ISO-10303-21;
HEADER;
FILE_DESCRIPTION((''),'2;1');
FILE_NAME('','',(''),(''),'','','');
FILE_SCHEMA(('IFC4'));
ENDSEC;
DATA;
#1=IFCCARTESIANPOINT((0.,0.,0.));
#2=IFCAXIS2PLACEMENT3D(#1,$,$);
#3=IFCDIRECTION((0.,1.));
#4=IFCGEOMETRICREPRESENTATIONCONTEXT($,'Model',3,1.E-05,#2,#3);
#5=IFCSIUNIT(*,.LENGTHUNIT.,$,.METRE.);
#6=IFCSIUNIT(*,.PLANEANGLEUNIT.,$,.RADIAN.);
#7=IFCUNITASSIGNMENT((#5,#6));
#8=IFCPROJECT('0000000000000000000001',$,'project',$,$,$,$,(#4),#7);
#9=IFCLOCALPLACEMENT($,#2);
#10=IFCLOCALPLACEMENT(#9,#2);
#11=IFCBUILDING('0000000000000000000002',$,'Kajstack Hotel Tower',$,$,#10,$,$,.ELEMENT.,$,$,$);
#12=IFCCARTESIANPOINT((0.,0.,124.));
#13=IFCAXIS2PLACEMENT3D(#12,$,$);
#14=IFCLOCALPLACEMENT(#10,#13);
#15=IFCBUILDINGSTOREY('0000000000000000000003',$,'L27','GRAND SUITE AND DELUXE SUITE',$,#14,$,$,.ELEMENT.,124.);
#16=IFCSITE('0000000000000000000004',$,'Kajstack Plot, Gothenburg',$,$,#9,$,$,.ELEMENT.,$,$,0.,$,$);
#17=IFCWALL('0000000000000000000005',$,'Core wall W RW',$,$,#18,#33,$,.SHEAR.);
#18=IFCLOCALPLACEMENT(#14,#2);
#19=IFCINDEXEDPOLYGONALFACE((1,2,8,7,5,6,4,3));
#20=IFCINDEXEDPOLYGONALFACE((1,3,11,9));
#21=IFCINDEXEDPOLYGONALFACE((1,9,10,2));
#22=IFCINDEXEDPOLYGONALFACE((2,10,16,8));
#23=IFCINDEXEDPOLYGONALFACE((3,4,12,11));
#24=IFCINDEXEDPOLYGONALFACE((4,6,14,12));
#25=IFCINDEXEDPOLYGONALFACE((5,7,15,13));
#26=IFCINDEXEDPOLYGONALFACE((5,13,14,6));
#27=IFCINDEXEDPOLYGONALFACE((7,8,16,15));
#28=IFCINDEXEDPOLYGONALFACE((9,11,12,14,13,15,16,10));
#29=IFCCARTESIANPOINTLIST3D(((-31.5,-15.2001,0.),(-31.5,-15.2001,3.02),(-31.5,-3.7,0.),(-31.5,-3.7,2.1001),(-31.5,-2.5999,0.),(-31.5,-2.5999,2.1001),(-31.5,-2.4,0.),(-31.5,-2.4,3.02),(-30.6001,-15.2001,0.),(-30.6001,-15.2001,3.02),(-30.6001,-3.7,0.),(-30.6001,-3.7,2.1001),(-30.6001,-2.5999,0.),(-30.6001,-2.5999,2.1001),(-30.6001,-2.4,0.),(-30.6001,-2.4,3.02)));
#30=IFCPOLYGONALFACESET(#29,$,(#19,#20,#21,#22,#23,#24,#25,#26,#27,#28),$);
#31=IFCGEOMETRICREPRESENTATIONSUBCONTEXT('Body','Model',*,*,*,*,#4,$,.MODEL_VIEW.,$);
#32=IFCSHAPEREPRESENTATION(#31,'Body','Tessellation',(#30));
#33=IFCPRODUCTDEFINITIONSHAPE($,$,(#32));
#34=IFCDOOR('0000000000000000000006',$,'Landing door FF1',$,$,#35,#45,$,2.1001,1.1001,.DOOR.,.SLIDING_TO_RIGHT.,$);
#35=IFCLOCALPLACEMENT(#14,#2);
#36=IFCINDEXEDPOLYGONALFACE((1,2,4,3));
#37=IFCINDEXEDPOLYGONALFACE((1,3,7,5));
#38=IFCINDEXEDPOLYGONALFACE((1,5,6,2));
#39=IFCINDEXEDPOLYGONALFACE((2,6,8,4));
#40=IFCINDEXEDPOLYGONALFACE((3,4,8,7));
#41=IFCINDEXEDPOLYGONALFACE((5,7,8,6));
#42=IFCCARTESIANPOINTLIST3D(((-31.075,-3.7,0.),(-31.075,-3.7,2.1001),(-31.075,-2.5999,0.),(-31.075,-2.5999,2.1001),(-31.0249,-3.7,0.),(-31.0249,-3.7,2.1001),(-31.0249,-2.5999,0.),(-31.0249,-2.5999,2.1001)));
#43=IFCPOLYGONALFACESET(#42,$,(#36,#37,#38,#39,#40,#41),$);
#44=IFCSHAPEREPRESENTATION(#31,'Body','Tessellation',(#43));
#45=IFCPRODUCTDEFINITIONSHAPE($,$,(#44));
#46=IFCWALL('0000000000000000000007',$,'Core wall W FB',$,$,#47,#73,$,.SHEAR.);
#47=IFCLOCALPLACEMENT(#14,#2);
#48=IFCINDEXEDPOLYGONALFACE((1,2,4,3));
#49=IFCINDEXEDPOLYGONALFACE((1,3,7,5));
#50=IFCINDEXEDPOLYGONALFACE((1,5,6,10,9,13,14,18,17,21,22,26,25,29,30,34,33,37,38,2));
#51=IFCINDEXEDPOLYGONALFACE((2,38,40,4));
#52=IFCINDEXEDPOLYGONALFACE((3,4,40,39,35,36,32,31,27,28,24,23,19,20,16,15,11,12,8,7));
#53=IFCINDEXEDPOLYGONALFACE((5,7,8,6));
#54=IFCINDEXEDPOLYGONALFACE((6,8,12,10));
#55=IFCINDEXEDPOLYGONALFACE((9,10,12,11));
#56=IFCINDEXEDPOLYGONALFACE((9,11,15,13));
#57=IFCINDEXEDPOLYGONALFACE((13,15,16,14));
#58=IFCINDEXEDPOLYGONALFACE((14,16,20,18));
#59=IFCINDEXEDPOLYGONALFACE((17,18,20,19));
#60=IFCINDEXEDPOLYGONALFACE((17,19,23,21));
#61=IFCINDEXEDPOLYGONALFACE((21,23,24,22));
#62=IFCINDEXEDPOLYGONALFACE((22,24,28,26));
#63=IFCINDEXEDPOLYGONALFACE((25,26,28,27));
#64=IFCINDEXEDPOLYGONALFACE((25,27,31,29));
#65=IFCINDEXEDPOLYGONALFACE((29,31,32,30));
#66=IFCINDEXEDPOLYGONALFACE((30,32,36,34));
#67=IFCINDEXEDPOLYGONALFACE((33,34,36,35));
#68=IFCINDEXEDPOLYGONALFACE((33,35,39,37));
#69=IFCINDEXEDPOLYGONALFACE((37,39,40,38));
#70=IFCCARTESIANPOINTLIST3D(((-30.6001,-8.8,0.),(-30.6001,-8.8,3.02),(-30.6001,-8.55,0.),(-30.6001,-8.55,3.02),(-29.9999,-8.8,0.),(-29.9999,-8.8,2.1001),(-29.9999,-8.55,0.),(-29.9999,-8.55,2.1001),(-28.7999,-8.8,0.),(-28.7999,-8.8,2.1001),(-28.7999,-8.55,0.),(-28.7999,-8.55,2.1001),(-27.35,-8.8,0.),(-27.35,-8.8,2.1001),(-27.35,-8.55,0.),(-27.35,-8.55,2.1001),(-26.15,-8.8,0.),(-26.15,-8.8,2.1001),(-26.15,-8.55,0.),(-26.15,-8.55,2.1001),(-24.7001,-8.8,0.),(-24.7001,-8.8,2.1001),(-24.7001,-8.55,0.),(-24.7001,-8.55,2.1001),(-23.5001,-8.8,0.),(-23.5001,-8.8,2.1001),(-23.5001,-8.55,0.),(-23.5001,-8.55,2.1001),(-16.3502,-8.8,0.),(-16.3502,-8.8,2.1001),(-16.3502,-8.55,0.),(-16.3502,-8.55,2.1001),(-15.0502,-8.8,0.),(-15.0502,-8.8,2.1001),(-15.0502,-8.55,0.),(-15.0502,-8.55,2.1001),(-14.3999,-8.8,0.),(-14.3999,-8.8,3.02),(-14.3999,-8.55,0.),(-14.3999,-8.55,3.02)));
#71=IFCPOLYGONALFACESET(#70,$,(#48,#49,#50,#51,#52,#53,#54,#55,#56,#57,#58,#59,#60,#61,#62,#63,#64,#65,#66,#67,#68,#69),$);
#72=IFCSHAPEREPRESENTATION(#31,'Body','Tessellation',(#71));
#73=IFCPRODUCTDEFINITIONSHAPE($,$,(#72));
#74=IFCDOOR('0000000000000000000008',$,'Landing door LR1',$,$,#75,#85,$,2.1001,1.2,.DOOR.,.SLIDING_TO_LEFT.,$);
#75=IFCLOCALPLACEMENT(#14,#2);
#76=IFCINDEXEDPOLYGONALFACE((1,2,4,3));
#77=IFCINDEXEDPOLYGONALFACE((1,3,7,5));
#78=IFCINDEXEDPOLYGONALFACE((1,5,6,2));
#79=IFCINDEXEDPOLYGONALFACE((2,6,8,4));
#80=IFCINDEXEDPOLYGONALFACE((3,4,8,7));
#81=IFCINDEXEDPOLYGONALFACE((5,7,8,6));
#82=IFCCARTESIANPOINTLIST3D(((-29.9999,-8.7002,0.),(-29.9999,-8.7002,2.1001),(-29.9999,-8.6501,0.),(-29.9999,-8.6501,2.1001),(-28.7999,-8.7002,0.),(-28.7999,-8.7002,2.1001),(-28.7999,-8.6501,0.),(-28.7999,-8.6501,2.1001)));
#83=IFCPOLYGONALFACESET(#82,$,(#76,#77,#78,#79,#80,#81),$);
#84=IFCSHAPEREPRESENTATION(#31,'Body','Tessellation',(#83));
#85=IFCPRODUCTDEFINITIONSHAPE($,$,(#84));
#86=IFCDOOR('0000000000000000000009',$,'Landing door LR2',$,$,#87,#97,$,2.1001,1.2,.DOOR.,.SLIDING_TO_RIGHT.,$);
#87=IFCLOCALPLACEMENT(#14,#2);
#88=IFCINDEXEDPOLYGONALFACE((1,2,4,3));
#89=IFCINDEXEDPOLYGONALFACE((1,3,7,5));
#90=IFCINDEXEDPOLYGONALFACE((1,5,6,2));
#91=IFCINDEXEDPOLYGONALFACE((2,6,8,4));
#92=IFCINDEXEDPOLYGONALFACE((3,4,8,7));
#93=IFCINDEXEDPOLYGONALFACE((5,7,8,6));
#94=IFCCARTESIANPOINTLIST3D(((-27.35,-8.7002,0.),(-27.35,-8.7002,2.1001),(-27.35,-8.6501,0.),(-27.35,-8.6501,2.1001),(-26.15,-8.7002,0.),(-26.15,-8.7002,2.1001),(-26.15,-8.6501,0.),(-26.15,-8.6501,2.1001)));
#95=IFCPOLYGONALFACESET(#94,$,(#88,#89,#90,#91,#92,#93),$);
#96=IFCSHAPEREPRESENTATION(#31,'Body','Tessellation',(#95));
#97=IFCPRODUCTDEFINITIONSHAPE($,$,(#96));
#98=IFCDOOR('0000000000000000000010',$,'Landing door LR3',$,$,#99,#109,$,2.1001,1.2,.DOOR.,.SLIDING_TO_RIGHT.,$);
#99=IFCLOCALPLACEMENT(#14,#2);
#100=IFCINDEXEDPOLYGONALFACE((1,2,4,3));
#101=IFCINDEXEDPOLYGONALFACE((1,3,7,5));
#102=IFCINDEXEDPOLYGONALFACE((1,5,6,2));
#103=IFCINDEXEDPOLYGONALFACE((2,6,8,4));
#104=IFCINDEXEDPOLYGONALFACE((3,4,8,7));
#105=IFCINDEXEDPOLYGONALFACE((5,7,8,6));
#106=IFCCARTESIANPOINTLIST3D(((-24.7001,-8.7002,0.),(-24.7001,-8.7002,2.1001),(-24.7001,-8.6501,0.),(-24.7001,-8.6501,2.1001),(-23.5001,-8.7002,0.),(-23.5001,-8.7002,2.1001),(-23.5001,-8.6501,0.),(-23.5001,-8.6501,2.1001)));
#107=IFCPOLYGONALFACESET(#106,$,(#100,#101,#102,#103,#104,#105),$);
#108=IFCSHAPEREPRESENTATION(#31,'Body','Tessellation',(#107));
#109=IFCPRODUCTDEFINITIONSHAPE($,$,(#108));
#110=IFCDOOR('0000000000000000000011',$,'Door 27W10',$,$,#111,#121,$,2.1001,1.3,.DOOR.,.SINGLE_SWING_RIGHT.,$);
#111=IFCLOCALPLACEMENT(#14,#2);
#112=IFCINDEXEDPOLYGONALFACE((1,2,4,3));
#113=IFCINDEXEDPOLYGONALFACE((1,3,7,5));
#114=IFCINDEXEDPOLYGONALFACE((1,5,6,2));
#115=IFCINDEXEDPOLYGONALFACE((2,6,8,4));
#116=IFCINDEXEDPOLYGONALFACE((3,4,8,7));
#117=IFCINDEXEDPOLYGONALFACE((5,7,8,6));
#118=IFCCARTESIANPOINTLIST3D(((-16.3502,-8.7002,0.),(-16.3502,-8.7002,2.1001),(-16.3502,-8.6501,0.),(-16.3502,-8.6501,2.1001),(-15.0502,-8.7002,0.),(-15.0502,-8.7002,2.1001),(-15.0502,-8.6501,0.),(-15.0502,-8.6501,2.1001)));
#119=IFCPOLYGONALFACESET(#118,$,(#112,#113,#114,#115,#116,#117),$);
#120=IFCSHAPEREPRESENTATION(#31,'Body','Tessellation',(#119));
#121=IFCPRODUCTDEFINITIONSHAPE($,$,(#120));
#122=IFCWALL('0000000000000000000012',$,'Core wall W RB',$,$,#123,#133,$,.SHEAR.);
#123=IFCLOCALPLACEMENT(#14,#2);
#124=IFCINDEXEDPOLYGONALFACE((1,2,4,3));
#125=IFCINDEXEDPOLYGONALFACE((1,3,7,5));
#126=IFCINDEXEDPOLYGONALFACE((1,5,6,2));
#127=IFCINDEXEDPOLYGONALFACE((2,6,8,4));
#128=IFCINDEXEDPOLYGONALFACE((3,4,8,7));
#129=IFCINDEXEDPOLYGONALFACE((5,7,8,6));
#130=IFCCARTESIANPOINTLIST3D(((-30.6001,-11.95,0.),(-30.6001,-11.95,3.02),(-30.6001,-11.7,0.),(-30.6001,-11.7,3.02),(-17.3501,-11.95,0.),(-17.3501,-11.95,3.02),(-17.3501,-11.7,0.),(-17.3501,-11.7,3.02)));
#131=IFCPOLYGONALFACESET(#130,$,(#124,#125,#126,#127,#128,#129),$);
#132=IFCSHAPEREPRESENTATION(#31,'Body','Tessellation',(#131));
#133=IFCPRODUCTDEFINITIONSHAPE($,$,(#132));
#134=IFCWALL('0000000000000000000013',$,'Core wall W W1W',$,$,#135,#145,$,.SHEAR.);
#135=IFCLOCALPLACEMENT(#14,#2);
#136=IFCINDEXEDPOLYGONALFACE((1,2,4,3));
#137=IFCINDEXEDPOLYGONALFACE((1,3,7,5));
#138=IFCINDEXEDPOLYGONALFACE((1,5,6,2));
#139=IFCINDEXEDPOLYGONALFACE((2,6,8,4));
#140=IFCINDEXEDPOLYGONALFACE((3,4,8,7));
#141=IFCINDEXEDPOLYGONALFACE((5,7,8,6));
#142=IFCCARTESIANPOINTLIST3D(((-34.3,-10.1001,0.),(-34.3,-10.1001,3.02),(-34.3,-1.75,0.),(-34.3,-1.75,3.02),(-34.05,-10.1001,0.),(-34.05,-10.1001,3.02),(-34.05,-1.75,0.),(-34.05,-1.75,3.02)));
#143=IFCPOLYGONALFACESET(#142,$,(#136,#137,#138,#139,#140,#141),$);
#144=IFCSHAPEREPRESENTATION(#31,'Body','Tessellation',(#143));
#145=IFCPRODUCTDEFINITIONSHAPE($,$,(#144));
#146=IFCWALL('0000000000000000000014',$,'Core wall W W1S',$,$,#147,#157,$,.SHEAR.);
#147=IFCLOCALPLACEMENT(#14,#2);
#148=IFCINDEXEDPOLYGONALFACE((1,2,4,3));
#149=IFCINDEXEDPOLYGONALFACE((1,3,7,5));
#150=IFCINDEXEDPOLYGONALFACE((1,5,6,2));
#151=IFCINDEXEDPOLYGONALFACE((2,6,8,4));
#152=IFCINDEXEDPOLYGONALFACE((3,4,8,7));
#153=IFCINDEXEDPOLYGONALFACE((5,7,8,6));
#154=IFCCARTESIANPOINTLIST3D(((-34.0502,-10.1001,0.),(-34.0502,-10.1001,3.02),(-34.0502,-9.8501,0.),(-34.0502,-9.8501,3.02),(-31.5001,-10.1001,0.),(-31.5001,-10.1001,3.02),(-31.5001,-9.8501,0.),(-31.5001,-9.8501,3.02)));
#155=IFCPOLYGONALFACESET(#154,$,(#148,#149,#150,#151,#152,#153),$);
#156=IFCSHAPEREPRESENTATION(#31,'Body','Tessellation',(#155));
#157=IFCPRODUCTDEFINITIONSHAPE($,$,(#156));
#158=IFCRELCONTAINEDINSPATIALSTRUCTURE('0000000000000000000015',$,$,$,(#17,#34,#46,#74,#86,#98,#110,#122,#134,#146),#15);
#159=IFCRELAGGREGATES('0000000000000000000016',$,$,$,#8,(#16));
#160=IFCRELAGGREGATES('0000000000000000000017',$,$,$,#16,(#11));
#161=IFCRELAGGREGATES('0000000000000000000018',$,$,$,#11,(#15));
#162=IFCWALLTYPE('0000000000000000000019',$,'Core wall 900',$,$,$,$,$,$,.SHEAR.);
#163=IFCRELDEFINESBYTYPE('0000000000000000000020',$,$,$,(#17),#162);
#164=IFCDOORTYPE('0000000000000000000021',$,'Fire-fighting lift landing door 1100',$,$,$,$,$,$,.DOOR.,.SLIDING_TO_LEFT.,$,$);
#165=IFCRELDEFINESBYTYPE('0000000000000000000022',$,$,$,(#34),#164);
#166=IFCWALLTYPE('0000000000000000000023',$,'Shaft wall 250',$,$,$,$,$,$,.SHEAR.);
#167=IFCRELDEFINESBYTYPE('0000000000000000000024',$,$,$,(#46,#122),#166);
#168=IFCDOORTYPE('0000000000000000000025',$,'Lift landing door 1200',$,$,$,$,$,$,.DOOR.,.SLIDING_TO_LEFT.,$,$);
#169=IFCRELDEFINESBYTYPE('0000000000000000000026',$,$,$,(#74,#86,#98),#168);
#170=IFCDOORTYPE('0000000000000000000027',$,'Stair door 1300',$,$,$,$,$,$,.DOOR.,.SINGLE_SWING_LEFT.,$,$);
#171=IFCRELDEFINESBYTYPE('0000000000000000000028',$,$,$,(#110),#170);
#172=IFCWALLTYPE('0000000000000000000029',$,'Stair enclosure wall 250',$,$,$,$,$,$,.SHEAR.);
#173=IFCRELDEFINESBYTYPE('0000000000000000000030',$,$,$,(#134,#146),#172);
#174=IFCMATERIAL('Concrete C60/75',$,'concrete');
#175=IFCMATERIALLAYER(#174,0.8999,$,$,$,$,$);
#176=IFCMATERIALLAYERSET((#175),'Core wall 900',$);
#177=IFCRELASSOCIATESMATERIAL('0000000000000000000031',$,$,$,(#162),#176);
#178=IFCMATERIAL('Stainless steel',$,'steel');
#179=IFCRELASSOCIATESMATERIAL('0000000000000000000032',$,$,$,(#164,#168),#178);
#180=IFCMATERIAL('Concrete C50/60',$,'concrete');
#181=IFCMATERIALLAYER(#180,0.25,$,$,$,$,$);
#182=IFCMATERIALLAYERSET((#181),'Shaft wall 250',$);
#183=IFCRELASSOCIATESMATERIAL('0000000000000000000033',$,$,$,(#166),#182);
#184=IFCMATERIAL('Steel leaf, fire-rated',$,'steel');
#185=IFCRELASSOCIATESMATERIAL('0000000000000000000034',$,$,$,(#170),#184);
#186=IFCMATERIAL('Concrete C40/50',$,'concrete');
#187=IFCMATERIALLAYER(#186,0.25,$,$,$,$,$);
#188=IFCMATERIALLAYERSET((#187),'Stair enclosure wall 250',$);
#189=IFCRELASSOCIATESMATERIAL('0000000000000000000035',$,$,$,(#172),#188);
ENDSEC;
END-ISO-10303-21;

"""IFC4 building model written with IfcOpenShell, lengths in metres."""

from ifc_helpers import new_model, si_unit, direction, frame, frame_2d, origin, place, context, subcontext, project, spatial, rectangle, extrude, material, layer, layer_set, type_object, element, fill, save


model = new_model("IFC4")

# Units and contexts
model_context = context("Model", 3, precision=1e-05, world=origin(), true_north=direction((0.0, 1.0)))
body_context = subcontext(model_context, "Body", "Model", "MODEL_VIEW")
ifc_project = project(units=[si_unit("LENGTHUNIT", "METRE"), si_unit("PLANEANGLEUNIT", "RADIAN")], contexts=[model_context])

# Site, building, storey
site_placement = place(None, origin())
site = spatial("IfcSite", under=ifc_project, at=site_placement, Name="Kajstack Plot, Gothenburg", CompositionType="ELEMENT", RefElevation=0.0)
building_placement = place(site_placement, origin())
building = spatial("IfcBuilding", under=site, at=building_placement, Name="Kajstack Hotel Tower", CompositionType="ELEMENT")
storey_placement = place(building_placement, frame((0.0, 0.0, 124.0)))
storey = spatial("IfcBuildingStorey", under=building, at=storey_placement, Name="L27", Description="GRAND SUITE AND DELUXE SUITE", CompositionType="ELEMENT", Elevation=124.0)

# Wall, opening, door
ifc_material_1 = material(Name="Concrete C60/75", Category="concrete")
ifc_layer_1 = layer(ifc_material_1, 0.8999)
ifc_layer_set_1 = layer_set([ifc_layer_1], Name="Core wall 900")
wall_type_1 = type_object("IfcWallType", Name="Core wall 900", PredefinedType="SHEAR", material=ifc_layer_set_1)
wall_1_placement = place(storey_placement, frame((-31.05, -15.2, 0.0), z_axis=(0.0, 0.0, 1.0), x_axis=(0.0, 1.0, 0.0)))
wall_1 = element("IfcWall", 1, at=wall_1_placement, inside=storey, type_object=wall_type_1, Name="Core wall W RW", PredefinedType="SHEAR", context=body_context, shape_type="SweptSolid", body=[
    extrude(rectangle(XDim=12.8, YDim=0.8999, at=frame_2d((6.3999, 0.0))), origin(), (0.0, 0.0, 1.0), 3.02),
])
opening_1_placement = place(wall_1_placement, frame((11.5, 0.0, 0.0)))
opening_1 = element("IfcOpeningElement", 2, at=opening_1_placement, cuts=wall_1, PredefinedType="OPENING", context=body_context, shape_type="SweptSolid", body=[
    extrude(rectangle(XDim=1.1001, YDim=2.1001, at=frame_2d((0.55, 1.05))), frame((0.0, 0.46, 0.0), z_axis=(0.0, -1.0, 0.0), x_axis=(1.0, 0.0, 0.0)), (0.0, 0.0, 1.0), 0.9199),
])
ifc_material_2 = material(Name="Stainless steel", Category="steel")
door_type_1 = type_object("IfcDoorType", Name="Fire-fighting lift landing door 1100", OperationType="SLIDING_TO_LEFT", PredefinedType="DOOR", material=ifc_material_2)
door_1_placement = place(opening_1_placement, origin())
door_1 = element("IfcDoor", 3, at=door_1_placement, inside=storey, type_object=door_type_1, Name="Landing door FF1", OperationType="SLIDING_TO_RIGHT", OverallHeight=2.1001, OverallWidth=1.1001, PredefinedType="DOOR", context=body_context, shape_type="SweptSolid", body=[
    extrude(rectangle(XDim=1.1001, YDim=2.1001, at=frame_2d((0.55, 1.05))), frame((0.0, 0.0249, 0.0), z_axis=(0.0, -1.0, 0.0), x_axis=(1.0, 0.0, 0.0)), (0.0, 0.0, 1.0), 0.05),
])
fill(opening_1, door_1)

# Wall, openings, doors
ifc_material_3 = material(Name="Concrete C50/60", Category="concrete")
ifc_layer_2 = layer(ifc_material_3, 0.25)
ifc_layer_set_2 = layer_set([ifc_layer_2], Name="Shaft wall 250")
wall_type_2 = type_object("IfcWallType", Name="Shaft wall 250", PredefinedType="SHEAR", material=ifc_layer_set_2)
wall_2_placement = place(storey_placement, frame((-30.6001, -8.675, 0.0), z_axis=(0.0, 0.0, 1.0), x_axis=(1.0, 0.0, 0.0)))
wall_2 = element("IfcWall", 4, at=wall_2_placement, inside=storey, type_object=wall_type_2, Name="Core wall W FB", PredefinedType="SHEAR", context=body_context, shape_type="SweptSolid", body=[
    extrude(rectangle(XDim=16.2002, YDim=0.25, at=frame_2d((8.1001, 0.0))), origin(), (0.0, 0.0, 1.0), 3.02),
])
opening_2_placement = place(wall_2_placement, frame((0.6001, 0.0, 0.0)))
opening_2 = element("IfcOpeningElement", 5, at=opening_2_placement, cuts=wall_2, PredefinedType="OPENING", context=body_context, shape_type="SweptSolid", body=[
    extrude(rectangle(XDim=1.2, YDim=2.1001, at=frame_2d((0.6001, 1.05))), frame((0.0, 0.135, 0.0), z_axis=(0.0, -1.0, 0.0), x_axis=(1.0, 0.0, 0.0)), (0.0, 0.0, 1.0), 0.27),
])
opening_3_placement = place(wall_2_placement, frame((3.25, 0.0, 0.0)))
opening_3 = element("IfcOpeningElement", 6, at=opening_3_placement, cuts=wall_2, PredefinedType="OPENING", context=body_context, shape_type="SweptSolid", body=[
    extrude(rectangle(XDim=1.2, YDim=2.1001, at=frame_2d((0.6001, 1.05))), frame((0.0, 0.135, 0.0), z_axis=(0.0, -1.0, 0.0), x_axis=(1.0, 0.0, 0.0)), (0.0, 0.0, 1.0), 0.27),
])
opening_4_placement = place(wall_2_placement, frame((5.8999, 0.0, 0.0)))
opening_4 = element("IfcOpeningElement", 7, at=opening_4_placement, cuts=wall_2, PredefinedType="OPENING", context=body_context, shape_type="SweptSolid", body=[
    extrude(rectangle(XDim=1.2, YDim=2.1001, at=frame_2d((0.6001, 1.05))), frame((0.0, 0.135, 0.0), z_axis=(0.0, -1.0, 0.0), x_axis=(1.0, 0.0, 0.0)), (0.0, 0.0, 1.0), 0.27),
])
opening_5_placement = place(wall_2_placement, frame((14.25, 0.0, 0.0)))
opening_5 = element("IfcOpeningElement", 8, at=opening_5_placement, cuts=wall_2, PredefinedType="OPENING", context=body_context, shape_type="SweptSolid", body=[
    extrude(rectangle(XDim=1.3, YDim=2.1001, at=frame_2d((0.6499, 1.05))), frame((0.0, 0.135, 0.0), z_axis=(0.0, -1.0, 0.0), x_axis=(1.0, 0.0, 0.0)), (0.0, 0.0, 1.0), 0.27),
])
door_type_2 = type_object("IfcDoorType", Name="Lift landing door 1200", OperationType="SLIDING_TO_LEFT", PredefinedType="DOOR", material=ifc_material_2)
door_2_placement = place(opening_2_placement, origin())
door_2 = element("IfcDoor", 9, at=door_2_placement, inside=storey, type_object=door_type_2, Name="Landing door LR1", OperationType="SLIDING_TO_LEFT", OverallHeight=2.1001, OverallWidth=1.2, PredefinedType="DOOR", context=body_context, shape_type="SweptSolid", body=[
    extrude(rectangle(XDim=1.2, YDim=2.1001, at=frame_2d((0.6001, 1.05))), frame((0.0, 0.0249, 0.0), z_axis=(0.0, -1.0, 0.0), x_axis=(1.0, 0.0, 0.0)), (0.0, 0.0, 1.0), 0.05),
])
fill(opening_2, door_2)
door_3_placement = place(opening_3_placement, origin())
door_3 = element("IfcDoor", 10, at=door_3_placement, inside=storey, type_object=door_type_2, Name="Landing door LR2", OperationType="SLIDING_TO_RIGHT", OverallHeight=2.1001, OverallWidth=1.2, PredefinedType="DOOR", context=body_context, shape_type="SweptSolid", body=[
    extrude(rectangle(XDim=1.2, YDim=2.1001, at=frame_2d((0.6001, 1.05))), frame((0.0, 0.0249, 0.0), z_axis=(0.0, -1.0, 0.0), x_axis=(1.0, 0.0, 0.0)), (0.0, 0.0, 1.0), 0.05),
])
fill(opening_3, door_3)
door_4_placement = place(opening_4_placement, origin())
door_4 = element("IfcDoor", 11, at=door_4_placement, inside=storey, type_object=door_type_2, Name="Landing door LR3", OperationType="SLIDING_TO_RIGHT", OverallHeight=2.1001, OverallWidth=1.2, PredefinedType="DOOR", context=body_context, shape_type="SweptSolid", body=[
    extrude(rectangle(XDim=1.2, YDim=2.1001, at=frame_2d((0.6001, 1.05))), frame((0.0, 0.0249, 0.0), z_axis=(0.0, -1.0, 0.0), x_axis=(1.0, 0.0, 0.0)), (0.0, 0.0, 1.0), 0.05),
])
fill(opening_4, door_4)
ifc_material_4 = material(Name="Steel leaf, fire-rated", Category="steel")
door_type_3 = type_object("IfcDoorType", Name="Stair door 1300", OperationType="SINGLE_SWING_LEFT", PredefinedType="DOOR", material=ifc_material_4)
door_5_placement = place(opening_5_placement, origin())
door_5 = element("IfcDoor", 12, at=door_5_placement, inside=storey, type_object=door_type_3, Name="Door 27W10", OperationType="SINGLE_SWING_RIGHT", OverallHeight=2.1001, OverallWidth=1.3, PredefinedType="DOOR", context=body_context, shape_type="SweptSolid", body=[
    extrude(rectangle(XDim=1.3, YDim=2.1001, at=frame_2d((0.6499, 1.05))), frame((0.0, 0.0249, 0.0), z_axis=(0.0, -1.0, 0.0), x_axis=(1.0, 0.0, 0.0)), (0.0, 0.0, 1.0), 0.05),
])
fill(opening_5, door_5)

# Walls
wall_3_placement = place(storey_placement, frame((-30.6001, -11.825, 0.0), z_axis=(0.0, 0.0, 1.0), x_axis=(1.0, 0.0, 0.0)))
element("IfcWall", 13, at=wall_3_placement, inside=storey, type_object=wall_type_2, Name="Core wall W RB", PredefinedType="SHEAR", context=body_context, shape_type="SweptSolid", body=[
    extrude(rectangle(XDim=13.25, YDim=0.25, at=frame_2d((6.625, 0.0))), origin(), (0.0, 0.0, 1.0), 3.02),
])
ifc_material_5 = material(Name="Concrete C40/50", Category="concrete")
ifc_layer_3 = layer(ifc_material_5, 0.25)
ifc_layer_set_3 = layer_set([ifc_layer_3], Name="Stair enclosure wall 250")
wall_type_3 = type_object("IfcWallType", Name="Stair enclosure wall 250", PredefinedType="SHEAR", material=ifc_layer_set_3)
wall_4_placement = place(storey_placement, frame((-34.175, -10.1001, 0.0), z_axis=(0.0, 0.0, 1.0), x_axis=(0.0, 1.0, 0.0)))
element("IfcWall", 14, at=wall_4_placement, inside=storey, type_object=wall_type_3, Name="Core wall W W1W", PredefinedType="SHEAR", context=body_context, shape_type="SweptSolid", body=[
    extrude(rectangle(XDim=8.3501, YDim=0.25, at=frame_2d((4.175, 0.0))), origin(), (0.0, 0.0, 1.0), 3.02),
])
wall_5_placement = place(storey_placement, frame((-34.05, -9.9751, 0.0), z_axis=(0.0, 0.0, 1.0), x_axis=(1.0, 0.0, 0.0)))
element("IfcWall", 15, at=wall_5_placement, inside=storey, type_object=wall_type_3, Name="Core wall W W1S", PredefinedType="SHEAR", context=body_context, shape_type="SweptSolid", body=[
    extrude(rectangle(XDim=2.55, YDim=0.25, at=frame_2d((1.2749, 0.0))), origin(), (0.0, 0.0, 1.0), 3.02),
])

save(model, "model.ifc")
